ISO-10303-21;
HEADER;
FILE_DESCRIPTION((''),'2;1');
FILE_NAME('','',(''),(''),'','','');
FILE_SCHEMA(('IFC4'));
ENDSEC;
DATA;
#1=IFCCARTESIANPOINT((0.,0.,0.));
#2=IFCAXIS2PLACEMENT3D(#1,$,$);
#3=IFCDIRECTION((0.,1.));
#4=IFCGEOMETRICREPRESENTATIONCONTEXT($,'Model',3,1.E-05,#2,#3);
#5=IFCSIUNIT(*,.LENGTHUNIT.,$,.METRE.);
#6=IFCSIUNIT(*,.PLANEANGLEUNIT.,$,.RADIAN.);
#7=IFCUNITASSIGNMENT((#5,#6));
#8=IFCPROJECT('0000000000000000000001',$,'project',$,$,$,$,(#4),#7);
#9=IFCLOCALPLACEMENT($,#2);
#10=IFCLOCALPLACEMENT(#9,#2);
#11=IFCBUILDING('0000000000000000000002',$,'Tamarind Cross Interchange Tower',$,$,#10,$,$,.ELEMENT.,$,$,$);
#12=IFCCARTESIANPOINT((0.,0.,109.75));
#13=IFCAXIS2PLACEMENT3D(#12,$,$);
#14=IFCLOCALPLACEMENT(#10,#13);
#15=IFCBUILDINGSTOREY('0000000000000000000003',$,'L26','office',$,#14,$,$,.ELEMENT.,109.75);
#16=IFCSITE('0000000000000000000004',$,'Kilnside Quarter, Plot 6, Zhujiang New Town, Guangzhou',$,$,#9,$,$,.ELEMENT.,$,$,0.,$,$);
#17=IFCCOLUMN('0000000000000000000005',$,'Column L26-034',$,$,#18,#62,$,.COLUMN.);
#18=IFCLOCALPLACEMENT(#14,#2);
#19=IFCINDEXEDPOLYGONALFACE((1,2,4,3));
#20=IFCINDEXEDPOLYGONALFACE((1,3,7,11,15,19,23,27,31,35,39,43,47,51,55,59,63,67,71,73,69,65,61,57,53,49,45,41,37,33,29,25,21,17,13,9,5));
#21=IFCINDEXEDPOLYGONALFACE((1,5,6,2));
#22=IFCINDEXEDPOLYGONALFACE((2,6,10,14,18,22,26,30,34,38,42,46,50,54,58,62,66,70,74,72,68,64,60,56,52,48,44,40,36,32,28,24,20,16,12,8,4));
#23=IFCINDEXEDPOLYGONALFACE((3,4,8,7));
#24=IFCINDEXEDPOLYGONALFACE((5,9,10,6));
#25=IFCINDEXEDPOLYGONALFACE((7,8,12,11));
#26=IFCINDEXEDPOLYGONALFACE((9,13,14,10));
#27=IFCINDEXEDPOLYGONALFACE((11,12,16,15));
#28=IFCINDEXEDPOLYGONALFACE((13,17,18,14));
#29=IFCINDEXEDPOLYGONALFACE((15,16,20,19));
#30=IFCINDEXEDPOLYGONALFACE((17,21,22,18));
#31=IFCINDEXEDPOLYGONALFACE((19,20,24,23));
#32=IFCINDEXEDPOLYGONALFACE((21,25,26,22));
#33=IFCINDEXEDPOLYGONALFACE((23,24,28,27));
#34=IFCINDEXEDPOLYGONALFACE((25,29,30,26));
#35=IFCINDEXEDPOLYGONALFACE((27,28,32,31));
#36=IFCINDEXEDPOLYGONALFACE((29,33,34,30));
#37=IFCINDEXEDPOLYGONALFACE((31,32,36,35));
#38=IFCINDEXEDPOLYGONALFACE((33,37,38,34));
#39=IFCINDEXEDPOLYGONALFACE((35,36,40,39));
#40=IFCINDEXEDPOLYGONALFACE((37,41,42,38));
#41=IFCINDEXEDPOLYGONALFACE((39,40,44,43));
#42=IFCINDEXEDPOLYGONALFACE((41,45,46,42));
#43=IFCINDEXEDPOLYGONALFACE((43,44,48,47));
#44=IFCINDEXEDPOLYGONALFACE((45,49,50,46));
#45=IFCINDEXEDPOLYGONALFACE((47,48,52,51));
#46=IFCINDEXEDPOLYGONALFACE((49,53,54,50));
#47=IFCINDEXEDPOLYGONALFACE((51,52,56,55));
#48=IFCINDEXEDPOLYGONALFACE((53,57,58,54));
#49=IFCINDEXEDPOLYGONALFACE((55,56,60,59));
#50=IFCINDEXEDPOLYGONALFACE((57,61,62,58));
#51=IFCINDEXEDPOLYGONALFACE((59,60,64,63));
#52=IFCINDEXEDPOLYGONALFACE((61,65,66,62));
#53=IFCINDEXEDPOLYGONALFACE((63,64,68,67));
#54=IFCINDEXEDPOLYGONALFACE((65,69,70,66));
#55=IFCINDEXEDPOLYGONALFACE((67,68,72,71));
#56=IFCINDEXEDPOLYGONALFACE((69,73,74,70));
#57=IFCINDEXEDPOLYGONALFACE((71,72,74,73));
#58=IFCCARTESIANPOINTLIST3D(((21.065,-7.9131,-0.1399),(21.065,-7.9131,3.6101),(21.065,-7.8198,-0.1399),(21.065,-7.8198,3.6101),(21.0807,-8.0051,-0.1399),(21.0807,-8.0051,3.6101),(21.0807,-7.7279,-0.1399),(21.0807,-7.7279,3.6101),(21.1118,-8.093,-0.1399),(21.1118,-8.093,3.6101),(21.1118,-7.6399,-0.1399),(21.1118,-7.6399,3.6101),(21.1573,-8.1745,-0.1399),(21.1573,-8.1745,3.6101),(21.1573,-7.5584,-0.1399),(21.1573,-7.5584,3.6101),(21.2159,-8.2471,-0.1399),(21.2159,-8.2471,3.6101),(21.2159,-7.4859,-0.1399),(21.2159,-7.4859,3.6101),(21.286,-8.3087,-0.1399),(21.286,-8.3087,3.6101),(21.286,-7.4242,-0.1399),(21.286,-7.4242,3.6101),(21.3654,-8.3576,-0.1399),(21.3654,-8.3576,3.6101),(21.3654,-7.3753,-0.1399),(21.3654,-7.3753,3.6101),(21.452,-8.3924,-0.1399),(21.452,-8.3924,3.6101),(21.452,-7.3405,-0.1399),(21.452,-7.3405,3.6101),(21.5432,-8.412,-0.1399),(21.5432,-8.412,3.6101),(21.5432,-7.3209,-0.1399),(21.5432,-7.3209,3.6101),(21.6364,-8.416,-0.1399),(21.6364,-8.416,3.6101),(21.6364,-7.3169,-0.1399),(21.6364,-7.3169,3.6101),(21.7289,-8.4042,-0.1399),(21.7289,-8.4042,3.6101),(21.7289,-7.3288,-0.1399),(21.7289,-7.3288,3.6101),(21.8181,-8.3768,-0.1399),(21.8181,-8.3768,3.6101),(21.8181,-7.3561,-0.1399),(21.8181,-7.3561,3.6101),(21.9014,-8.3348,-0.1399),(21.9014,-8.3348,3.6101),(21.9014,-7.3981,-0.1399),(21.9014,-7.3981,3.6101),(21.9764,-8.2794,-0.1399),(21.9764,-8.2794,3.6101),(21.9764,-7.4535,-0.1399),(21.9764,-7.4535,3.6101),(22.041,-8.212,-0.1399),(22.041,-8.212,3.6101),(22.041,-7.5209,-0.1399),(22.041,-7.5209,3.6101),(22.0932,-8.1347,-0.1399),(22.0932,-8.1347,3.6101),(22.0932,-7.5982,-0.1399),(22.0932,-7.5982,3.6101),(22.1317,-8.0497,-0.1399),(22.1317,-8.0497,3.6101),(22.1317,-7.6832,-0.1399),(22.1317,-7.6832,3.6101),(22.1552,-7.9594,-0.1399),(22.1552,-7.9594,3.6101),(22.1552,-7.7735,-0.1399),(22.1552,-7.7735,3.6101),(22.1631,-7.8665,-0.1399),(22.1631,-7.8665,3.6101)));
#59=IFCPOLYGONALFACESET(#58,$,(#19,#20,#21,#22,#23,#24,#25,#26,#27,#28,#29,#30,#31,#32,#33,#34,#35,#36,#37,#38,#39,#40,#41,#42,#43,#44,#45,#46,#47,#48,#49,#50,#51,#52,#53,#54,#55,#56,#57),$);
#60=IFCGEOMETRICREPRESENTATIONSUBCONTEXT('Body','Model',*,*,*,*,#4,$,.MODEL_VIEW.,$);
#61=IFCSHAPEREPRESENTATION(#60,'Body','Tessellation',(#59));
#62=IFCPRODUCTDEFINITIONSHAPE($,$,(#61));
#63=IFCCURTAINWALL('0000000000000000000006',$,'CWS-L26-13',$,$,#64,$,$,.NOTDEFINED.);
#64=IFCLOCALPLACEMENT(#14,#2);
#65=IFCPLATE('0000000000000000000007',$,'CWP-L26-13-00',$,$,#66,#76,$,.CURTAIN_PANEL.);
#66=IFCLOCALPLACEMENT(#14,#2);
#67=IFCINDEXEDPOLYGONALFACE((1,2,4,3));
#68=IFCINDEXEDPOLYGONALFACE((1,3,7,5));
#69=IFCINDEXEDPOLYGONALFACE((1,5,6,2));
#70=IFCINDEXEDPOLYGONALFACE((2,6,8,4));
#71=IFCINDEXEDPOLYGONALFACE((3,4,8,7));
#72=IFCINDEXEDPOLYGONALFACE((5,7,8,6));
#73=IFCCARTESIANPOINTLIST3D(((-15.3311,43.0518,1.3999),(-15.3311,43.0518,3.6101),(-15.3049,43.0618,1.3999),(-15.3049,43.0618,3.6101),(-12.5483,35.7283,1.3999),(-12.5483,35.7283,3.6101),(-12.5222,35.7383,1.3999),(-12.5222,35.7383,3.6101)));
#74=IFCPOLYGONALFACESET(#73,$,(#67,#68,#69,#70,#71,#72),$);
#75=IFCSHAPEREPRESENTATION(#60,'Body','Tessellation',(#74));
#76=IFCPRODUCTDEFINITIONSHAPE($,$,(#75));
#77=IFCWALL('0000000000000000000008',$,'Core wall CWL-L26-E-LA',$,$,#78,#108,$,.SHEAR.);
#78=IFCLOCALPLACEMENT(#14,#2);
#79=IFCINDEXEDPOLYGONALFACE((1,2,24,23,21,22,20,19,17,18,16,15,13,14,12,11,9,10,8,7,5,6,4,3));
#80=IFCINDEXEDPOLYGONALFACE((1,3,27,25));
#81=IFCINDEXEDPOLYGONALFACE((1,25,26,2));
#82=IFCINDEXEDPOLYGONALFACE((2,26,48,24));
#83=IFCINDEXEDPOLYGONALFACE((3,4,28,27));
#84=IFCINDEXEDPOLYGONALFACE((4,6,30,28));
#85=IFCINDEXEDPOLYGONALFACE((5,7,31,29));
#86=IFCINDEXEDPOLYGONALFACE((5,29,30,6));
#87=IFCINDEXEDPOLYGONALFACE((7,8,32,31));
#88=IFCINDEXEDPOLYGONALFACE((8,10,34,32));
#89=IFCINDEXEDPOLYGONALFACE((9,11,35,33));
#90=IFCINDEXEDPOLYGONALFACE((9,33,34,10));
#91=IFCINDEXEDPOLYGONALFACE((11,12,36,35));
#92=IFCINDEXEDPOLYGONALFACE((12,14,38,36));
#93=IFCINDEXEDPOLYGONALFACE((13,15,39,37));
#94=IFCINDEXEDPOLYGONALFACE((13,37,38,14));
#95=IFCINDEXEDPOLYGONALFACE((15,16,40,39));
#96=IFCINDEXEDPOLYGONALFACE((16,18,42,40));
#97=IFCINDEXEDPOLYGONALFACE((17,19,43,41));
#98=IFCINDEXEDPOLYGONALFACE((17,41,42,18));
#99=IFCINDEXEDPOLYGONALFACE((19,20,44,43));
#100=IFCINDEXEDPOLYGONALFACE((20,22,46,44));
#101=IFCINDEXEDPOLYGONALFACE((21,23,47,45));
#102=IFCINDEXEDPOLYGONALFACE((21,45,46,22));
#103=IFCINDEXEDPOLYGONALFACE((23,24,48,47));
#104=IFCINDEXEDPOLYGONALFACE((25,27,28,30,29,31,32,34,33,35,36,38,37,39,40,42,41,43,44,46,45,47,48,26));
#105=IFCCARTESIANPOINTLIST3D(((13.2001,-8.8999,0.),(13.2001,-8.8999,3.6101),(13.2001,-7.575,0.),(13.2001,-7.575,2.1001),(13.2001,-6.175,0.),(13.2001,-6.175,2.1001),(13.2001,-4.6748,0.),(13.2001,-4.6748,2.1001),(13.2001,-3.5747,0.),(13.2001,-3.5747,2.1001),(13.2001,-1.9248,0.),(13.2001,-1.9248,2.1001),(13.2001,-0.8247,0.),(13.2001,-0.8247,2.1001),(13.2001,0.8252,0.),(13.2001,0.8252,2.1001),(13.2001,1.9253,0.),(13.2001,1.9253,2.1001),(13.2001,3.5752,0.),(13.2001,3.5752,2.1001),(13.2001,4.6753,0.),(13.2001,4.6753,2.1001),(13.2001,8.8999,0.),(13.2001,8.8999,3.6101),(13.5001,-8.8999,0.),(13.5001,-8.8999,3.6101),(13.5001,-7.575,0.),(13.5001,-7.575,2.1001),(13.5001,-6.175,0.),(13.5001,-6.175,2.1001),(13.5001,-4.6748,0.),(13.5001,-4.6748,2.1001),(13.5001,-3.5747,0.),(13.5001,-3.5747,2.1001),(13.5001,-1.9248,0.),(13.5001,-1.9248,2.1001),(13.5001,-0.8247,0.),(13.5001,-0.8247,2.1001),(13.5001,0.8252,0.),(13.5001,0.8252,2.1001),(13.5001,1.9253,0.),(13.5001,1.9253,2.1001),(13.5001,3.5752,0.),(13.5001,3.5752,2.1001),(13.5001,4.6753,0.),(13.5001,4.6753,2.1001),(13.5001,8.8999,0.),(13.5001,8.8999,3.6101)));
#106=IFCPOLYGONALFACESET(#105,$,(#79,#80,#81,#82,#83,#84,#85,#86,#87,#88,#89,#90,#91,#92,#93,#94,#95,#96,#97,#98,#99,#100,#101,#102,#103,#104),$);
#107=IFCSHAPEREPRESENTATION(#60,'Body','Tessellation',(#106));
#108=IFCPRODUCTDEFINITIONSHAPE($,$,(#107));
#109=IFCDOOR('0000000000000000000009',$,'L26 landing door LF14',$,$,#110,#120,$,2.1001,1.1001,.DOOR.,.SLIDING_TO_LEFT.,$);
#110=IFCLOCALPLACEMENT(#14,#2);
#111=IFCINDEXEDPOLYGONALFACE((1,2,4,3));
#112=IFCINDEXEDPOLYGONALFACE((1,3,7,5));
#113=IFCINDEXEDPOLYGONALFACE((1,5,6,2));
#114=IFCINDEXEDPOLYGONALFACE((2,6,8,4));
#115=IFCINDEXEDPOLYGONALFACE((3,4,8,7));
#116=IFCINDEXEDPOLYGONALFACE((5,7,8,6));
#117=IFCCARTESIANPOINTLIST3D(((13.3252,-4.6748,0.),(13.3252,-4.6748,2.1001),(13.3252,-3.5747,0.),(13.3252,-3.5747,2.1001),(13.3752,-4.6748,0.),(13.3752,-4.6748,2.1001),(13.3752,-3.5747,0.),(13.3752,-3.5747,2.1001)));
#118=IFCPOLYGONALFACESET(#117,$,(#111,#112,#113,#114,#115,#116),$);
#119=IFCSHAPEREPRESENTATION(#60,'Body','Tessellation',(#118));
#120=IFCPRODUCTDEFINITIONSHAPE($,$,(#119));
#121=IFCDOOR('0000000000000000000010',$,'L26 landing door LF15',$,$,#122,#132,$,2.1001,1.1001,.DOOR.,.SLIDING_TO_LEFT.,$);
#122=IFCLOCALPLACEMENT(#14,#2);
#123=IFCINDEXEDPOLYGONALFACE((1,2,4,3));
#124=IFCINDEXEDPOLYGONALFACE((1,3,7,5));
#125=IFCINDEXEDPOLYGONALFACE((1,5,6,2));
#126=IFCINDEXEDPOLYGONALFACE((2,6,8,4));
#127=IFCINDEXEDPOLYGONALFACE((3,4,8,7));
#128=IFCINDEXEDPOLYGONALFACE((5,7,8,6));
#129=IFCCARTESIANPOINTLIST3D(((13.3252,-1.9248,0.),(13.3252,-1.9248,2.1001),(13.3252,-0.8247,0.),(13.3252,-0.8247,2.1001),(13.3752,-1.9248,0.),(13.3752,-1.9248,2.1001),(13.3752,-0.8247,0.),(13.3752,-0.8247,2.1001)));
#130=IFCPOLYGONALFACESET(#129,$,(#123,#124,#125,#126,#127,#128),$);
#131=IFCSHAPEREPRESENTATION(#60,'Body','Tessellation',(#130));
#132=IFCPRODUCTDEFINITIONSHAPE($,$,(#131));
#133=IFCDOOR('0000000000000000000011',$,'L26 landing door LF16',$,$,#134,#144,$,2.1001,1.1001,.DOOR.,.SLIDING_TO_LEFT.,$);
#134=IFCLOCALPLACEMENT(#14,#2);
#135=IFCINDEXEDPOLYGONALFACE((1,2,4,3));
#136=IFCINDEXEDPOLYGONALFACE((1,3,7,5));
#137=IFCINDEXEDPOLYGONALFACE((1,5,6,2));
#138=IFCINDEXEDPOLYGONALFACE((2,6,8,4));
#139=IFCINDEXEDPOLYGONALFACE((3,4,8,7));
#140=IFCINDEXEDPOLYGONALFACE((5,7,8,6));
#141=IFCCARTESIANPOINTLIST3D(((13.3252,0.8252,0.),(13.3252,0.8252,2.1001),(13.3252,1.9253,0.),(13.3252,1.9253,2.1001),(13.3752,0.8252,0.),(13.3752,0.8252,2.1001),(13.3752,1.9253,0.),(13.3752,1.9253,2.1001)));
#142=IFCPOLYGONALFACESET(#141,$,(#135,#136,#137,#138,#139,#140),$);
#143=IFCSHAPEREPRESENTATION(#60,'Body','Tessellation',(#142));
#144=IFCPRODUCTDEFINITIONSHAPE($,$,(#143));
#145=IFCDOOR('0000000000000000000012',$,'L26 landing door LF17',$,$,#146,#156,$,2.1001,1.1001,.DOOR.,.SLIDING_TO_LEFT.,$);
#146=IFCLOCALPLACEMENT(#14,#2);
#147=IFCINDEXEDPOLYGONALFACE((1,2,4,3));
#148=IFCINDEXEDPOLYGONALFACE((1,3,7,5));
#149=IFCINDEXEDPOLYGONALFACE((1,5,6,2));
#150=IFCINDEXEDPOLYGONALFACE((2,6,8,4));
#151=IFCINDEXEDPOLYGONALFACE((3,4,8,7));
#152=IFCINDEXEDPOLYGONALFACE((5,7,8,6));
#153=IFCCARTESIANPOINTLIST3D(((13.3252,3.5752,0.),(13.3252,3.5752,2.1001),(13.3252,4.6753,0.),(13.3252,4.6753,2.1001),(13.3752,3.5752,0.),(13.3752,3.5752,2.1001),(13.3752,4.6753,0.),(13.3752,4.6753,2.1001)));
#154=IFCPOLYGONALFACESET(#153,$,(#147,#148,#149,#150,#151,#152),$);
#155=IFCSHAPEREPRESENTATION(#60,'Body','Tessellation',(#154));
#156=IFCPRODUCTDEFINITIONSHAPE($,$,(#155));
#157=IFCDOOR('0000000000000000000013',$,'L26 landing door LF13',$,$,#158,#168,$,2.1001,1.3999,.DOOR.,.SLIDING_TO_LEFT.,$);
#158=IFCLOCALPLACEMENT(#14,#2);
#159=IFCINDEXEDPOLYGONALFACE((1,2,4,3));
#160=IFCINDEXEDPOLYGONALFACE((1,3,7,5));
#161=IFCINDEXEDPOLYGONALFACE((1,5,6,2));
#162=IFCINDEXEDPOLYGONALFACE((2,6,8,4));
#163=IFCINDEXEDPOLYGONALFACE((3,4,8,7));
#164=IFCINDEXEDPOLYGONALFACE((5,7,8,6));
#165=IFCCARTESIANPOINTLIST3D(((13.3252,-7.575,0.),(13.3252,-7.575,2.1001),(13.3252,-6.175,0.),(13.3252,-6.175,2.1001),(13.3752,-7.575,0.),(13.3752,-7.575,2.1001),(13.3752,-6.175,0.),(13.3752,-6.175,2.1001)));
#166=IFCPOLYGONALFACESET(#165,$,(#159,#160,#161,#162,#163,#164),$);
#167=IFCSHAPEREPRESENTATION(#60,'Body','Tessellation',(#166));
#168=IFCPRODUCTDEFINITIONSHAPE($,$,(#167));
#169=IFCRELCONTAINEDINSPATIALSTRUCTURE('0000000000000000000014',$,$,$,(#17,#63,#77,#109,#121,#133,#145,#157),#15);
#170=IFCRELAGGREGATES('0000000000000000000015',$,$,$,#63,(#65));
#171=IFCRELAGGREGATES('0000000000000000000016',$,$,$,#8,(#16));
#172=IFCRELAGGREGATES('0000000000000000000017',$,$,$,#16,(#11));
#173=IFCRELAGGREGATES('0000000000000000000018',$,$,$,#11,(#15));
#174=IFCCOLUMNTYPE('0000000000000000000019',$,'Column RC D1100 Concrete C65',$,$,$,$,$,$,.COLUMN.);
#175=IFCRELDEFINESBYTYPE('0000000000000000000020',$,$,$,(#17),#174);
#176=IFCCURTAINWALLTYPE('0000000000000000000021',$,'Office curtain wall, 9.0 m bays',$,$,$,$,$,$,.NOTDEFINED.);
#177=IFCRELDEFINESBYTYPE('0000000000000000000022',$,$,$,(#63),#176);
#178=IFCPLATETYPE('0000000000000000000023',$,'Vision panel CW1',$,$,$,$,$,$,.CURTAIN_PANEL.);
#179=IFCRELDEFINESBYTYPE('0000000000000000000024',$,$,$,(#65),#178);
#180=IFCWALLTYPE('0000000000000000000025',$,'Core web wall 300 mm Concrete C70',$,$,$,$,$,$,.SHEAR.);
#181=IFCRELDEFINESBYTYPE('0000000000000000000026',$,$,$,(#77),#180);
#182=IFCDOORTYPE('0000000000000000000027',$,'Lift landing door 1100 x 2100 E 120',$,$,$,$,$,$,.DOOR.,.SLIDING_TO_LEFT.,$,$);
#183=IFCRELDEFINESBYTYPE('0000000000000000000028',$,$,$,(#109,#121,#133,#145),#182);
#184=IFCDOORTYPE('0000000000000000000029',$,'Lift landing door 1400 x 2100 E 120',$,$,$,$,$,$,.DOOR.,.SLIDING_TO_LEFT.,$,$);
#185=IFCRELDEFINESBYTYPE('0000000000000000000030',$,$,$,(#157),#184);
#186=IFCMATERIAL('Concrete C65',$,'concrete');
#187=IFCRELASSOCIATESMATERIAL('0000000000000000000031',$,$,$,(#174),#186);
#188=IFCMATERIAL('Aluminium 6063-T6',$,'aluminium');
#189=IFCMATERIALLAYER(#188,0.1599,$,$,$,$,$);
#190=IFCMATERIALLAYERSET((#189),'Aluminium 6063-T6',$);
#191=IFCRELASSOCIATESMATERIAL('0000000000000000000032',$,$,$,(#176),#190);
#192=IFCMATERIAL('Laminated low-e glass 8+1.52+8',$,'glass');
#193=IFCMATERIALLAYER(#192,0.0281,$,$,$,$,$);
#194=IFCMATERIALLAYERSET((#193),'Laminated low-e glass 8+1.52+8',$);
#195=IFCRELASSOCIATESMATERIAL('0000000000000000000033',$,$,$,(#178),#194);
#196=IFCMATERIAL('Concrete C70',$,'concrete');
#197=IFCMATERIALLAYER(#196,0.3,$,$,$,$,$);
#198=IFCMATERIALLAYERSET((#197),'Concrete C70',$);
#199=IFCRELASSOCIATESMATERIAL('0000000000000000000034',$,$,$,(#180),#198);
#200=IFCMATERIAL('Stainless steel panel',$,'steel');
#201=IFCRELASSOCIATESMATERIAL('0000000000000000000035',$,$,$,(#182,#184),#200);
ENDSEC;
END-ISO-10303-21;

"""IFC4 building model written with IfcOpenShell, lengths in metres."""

from ifc_helpers import new_model, si_unit, direction, frame, frame_2d, origin, origin_2d, place, context, subcontext, project, spatial, polyline, rectangle, circle, outline, extrude, material, layer, layer_set, material_profile, profile_set, type_object, element, fill, aggregate, save


model = new_model("IFC4")

# Units and contexts
model_context = context("Model", 3, precision=1e-05, world=origin(), true_north=direction((0.0, 1.0)))
body_context = subcontext(model_context, "Body", "Model", "MODEL_VIEW")
ifc_project = project(units=[si_unit("LENGTHUNIT", "METRE"), si_unit("PLANEANGLEUNIT", "RADIAN")], contexts=[model_context])

# Site, building, storey
site_placement = place(None, origin())
site = spatial("IfcSite", under=ifc_project, at=site_placement, Name="Kilnside Quarter, Plot 6, Zhujiang New Town, Guangzhou", CompositionType="ELEMENT", RefElevation=0.0)
building_placement = place(site_placement, origin())
building = spatial("IfcBuilding", under=site, at=building_placement, Name="Tamarind Cross Interchange Tower", CompositionType="ELEMENT")
storey_placement = place(building_placement, frame((0.0, 0.0, 109.75)))
storey = spatial("IfcBuildingStorey", under=building, at=storey_placement, Name="L26", Description="office", CompositionType="ELEMENT", Elevation=109.75)

# Column
ifc_material_1 = material(Name="Concrete C65", Category="concrete")
ifc_material_profile = material_profile(ifc_material_1, circle(Radius=0.55, at=origin_2d()), Name="RC D1100")
ifc_profile_set = profile_set([ifc_material_profile], Name="Concrete C65")
column_type = type_object("IfcColumnType", Name="Column RC D1100 Concrete C65", PredefinedType="COLUMN", material=ifc_profile_set)
column_placement = place(storey_placement, frame((21.613, -7.8665, -0.1399), z_axis=(0.0, 0.0, 1.0), x_axis=(1.0, 0.0, 0.0)))
element("IfcColumn", 1, at=column_placement, inside=storey, type_object=column_type, Name="Column L26-034", PredefinedType="COLUMN", context=body_context, shape_type="SweptSolid", body=[
    extrude(circle(Radius=0.55, at=origin_2d()), origin(), (0.0, 0.0, 1.0), 3.75),
])

# Curtain wall, plate
ifc_material_2 = material(Name="Aluminium 6063-T6", Category="aluminium")
ifc_layer_1 = layer(ifc_material_2, 0.1599)
ifc_layer_set_1 = layer_set([ifc_layer_1], Name="Aluminium 6063-T6")
curtain_wall_type = type_object("IfcCurtainWallType", Name="Office curtain wall, 9.0 m bays", PredefinedType="NOTDEFINED", material=ifc_layer_set_1)
curtain_wall_placement = place(storey_placement, origin())
curtain_wall = element("IfcCurtainWall", 2, at=curtain_wall_placement, inside=storey, type_object=curtain_wall_type, Name="CWS-L26-13", PredefinedType="NOTDEFINED")
ifc_material_3 = material(Name="Laminated low-e glass 8+1.52+8", Category="glass")
ifc_layer_2 = layer(ifc_material_3, 0.0281)
ifc_layer_set_2 = layer_set([ifc_layer_2], Name="Laminated low-e glass 8+1.52+8")
plate_type = type_object("IfcPlateType", Name="Vision panel CW1", PredefinedType="CURTAIN_PANEL", material=ifc_layer_set_2)
plate_placement = place(storey_placement, frame((0.0, 0.0, 1.3999)))
plate = element("IfcPlate", 3, at=plate_placement, type_object=plate_type, Name="CWP-L26-13-00", PredefinedType="CURTAIN_PANEL", context=body_context, shape_type="SweptSolid", body=[
    extrude(outline(polyline([(-15.3049, 43.0618), (-12.5222, 35.7383), (-12.5483, 35.7283), (-15.3311, 43.0518), (-15.3049, 43.0618)])), origin(), (0.0, 0.0, 1.0), 2.2102),
])
aggregate(curtain_wall, [plate])

# Wall, openings, doors
ifc_material_4 = material(Name="Concrete C70", Category="concrete")
ifc_layer_3 = layer(ifc_material_4, 0.3)
ifc_layer_set_3 = layer_set([ifc_layer_3], Name="Concrete C70")
wall_type_1 = type_object("IfcWallType", Name="Core web wall 300 mm Concrete C70", PredefinedType="SHEAR", material=ifc_layer_set_3)
wall_1_placement = place(storey_placement, frame((13.3501, -8.8999, 0.0), z_axis=(0.0, 0.0, 1.0), x_axis=(0.0, 1.0, 0.0)))
wall_1 = element("IfcWall", 4, at=wall_1_placement, inside=storey, type_object=wall_type_1, Name="Core wall CWL-L26-E-LA", PredefinedType="SHEAR", context=body_context, shape_type="SweptSolid", body=[
    extrude(rectangle(XDim=17.7998, YDim=0.3, at=frame_2d((8.8999, 0.0))), origin(), (0.0, 0.0, 1.0), 3.6101),
])
opening_1_placement = place(wall_1_placement, frame((1.325, 0.0, 0.0)))
opening_1 = element("IfcOpeningElement", 5, at=opening_1_placement, cuts=wall_1, PredefinedType="OPENING", context=body_context, shape_type="SweptSolid", body=[
    extrude(rectangle(XDim=1.3999, YDim=2.1001, at=frame_2d((0.7, 1.05))), frame((0.0, 0.1599, 0.0), z_axis=(0.0, -1.0, 0.0), x_axis=(1.0, 0.0, 0.0)), (0.0, 0.0, 1.0), 0.3201),
])
opening_2_placement = place(wall_1_placement, frame((4.2251, 0.0, 0.0)))
opening_2 = element("IfcOpeningElement", 6, at=opening_2_placement, cuts=wall_1, PredefinedType="OPENING", context=body_context, shape_type="SweptSolid", body=[
    extrude(rectangle(XDim=1.1001, YDim=2.1001, at=frame_2d((0.55, 1.05))), frame((0.0, 0.1599, 0.0), z_axis=(0.0, -1.0, 0.0), x_axis=(1.0, 0.0, 0.0)), (0.0, 0.0, 1.0), 0.3201),
])
opening_3_placement = place(wall_1_placement, frame((6.9751, 0.0, 0.0)))
opening_3 = element("IfcOpeningElement", 7, at=opening_3_placement, cuts=wall_1, PredefinedType="OPENING", context=body_context, shape_type="SweptSolid", body=[
    extrude(rectangle(XDim=1.1001, YDim=2.1001, at=frame_2d((0.55, 1.05))), frame((0.0, 0.1599, 0.0), z_axis=(0.0, -1.0, 0.0), x_axis=(1.0, 0.0, 0.0)), (0.0, 0.0, 1.0), 0.3201),
])
opening_4_placement = place(wall_1_placement, frame((9.7251, 0.0, 0.0)))
opening_4 = element("IfcOpeningElement", 8, at=opening_4_placement, cuts=wall_1, PredefinedType="OPENING", context=body_context, shape_type="SweptSolid", body=[
    extrude(rectangle(XDim=1.1001, YDim=2.1001, at=frame_2d((0.55, 1.05))), frame((0.0, 0.1599, 0.0), z_axis=(0.0, -1.0, 0.0), x_axis=(1.0, 0.0, 0.0)), (0.0, 0.0, 1.0), 0.3201),
])
opening_5_placement = place(wall_1_placement, frame((12.4751, 0.0, 0.0)))
opening_5 = element("IfcOpeningElement", 9, at=opening_5_placement, cuts=wall_1, PredefinedType="OPENING", context=body_context, shape_type="SweptSolid", body=[
    extrude(rectangle(XDim=1.1001, YDim=2.1001, at=frame_2d((0.55, 1.05))), frame((0.0, 0.1599, 0.0), z_axis=(0.0, -1.0, 0.0), x_axis=(1.0, 0.0, 0.0)), (0.0, 0.0, 1.0), 0.3201),
])
ifc_material_5 = material(Name="Stainless steel panel", Category="steel")
door_type_1 = type_object("IfcDoorType", Name="Lift landing door 1100 x 2100 E 120", OperationType="SLIDING_TO_LEFT", PredefinedType="DOOR", material=ifc_material_5)
door_1_placement = place(opening_2_placement, origin())
door_1 = element("IfcDoor", 10, at=door_1_placement, inside=storey, type_object=door_type_1, Name="L26 landing door LF14", OperationType="SLIDING_TO_LEFT", OverallHeight=2.1001, OverallWidth=1.1001, PredefinedType="DOOR", context=body_context, shape_type="SweptSolid", body=[
    extrude(rectangle(XDim=1.1001, YDim=2.1001, at=frame_2d((0.55, 1.05))), frame((0.0, 0.0249, 0.0), z_axis=(0.0, -1.0, 0.0), x_axis=(1.0, 0.0, 0.0)), (0.0, 0.0, 1.0), 0.05),
])
fill(opening_2, door_1)
door_2_placement = place(opening_3_placement, origin())
door_2 = element("IfcDoor", 11, at=door_2_placement, inside=storey, type_object=door_type_1, Name="L26 landing door LF15", OperationType="SLIDING_TO_LEFT", OverallHeight=2.1001, OverallWidth=1.1001, PredefinedType="DOOR", context=body_context, shape_type="SweptSolid", body=[
    extrude(rectangle(XDim=1.1001, YDim=2.1001, at=frame_2d((0.55, 1.05))), frame((0.0, 0.0249, 0.0), z_axis=(0.0, -1.0, 0.0), x_axis=(1.0, 0.0, 0.0)), (0.0, 0.0, 1.0), 0.05),
])
fill(opening_3, door_2)
door_3_placement = place(opening_4_placement, origin())
door_3 = element("IfcDoor", 12, at=door_3_placement, inside=storey, type_object=door_type_1, Name="L26 landing door LF16", OperationType="SLIDING_TO_LEFT", OverallHeight=2.1001, OverallWidth=1.1001, PredefinedType="DOOR", context=body_context, shape_type="SweptSolid", body=[
    extrude(rectangle(XDim=1.1001, YDim=2.1001, at=frame_2d((0.55, 1.05))), frame((0.0, 0.0249, 0.0), z_axis=(0.0, -1.0, 0.0), x_axis=(1.0, 0.0, 0.0)), (0.0, 0.0, 1.0), 0.05),
])
fill(opening_4, door_3)
door_4_placement = place(opening_5_placement, origin())
door_4 = element("IfcDoor", 13, at=door_4_placement, inside=storey, type_object=door_type_1, Name="L26 landing door LF17", OperationType="SLIDING_TO_LEFT", OverallHeight=2.1001, OverallWidth=1.1001, PredefinedType="DOOR", context=body_context, shape_type="SweptSolid", body=[
    extrude(rectangle(XDim=1.1001, YDim=2.1001, at=frame_2d((0.55, 1.05))), frame((0.0, 0.0249, 0.0), z_axis=(0.0, -1.0, 0.0), x_axis=(1.0, 0.0, 0.0)), (0.0, 0.0, 1.0), 0.05),
])
fill(opening_5, door_4)
door_type_2 = type_object("IfcDoorType", Name="Lift landing door 1400 x 2100 E 120", OperationType="SLIDING_TO_LEFT", PredefinedType="DOOR", material=ifc_material_5)
door_5_placement = place(opening_1_placement, origin())
door_5 = element("IfcDoor", 14, at=door_5_placement, inside=storey, type_object=door_type_2, Name="L26 landing door LF13", OperationType="SLIDING_TO_LEFT", OverallHeight=2.1001, OverallWidth=1.3999, PredefinedType="DOOR", context=body_context, shape_type="SweptSolid", body=[
    extrude(rectangle(XDim=1.3999, YDim=2.1001, at=frame_2d((0.7, 1.05))), frame((0.0, 0.0249, 0.0), z_axis=(0.0, -1.0, 0.0), x_axis=(1.0, 0.0, 0.0)), (0.0, 0.0, 1.0), 0.05),
])
fill(opening_1, door_5)

save(model, "model.ifc")
